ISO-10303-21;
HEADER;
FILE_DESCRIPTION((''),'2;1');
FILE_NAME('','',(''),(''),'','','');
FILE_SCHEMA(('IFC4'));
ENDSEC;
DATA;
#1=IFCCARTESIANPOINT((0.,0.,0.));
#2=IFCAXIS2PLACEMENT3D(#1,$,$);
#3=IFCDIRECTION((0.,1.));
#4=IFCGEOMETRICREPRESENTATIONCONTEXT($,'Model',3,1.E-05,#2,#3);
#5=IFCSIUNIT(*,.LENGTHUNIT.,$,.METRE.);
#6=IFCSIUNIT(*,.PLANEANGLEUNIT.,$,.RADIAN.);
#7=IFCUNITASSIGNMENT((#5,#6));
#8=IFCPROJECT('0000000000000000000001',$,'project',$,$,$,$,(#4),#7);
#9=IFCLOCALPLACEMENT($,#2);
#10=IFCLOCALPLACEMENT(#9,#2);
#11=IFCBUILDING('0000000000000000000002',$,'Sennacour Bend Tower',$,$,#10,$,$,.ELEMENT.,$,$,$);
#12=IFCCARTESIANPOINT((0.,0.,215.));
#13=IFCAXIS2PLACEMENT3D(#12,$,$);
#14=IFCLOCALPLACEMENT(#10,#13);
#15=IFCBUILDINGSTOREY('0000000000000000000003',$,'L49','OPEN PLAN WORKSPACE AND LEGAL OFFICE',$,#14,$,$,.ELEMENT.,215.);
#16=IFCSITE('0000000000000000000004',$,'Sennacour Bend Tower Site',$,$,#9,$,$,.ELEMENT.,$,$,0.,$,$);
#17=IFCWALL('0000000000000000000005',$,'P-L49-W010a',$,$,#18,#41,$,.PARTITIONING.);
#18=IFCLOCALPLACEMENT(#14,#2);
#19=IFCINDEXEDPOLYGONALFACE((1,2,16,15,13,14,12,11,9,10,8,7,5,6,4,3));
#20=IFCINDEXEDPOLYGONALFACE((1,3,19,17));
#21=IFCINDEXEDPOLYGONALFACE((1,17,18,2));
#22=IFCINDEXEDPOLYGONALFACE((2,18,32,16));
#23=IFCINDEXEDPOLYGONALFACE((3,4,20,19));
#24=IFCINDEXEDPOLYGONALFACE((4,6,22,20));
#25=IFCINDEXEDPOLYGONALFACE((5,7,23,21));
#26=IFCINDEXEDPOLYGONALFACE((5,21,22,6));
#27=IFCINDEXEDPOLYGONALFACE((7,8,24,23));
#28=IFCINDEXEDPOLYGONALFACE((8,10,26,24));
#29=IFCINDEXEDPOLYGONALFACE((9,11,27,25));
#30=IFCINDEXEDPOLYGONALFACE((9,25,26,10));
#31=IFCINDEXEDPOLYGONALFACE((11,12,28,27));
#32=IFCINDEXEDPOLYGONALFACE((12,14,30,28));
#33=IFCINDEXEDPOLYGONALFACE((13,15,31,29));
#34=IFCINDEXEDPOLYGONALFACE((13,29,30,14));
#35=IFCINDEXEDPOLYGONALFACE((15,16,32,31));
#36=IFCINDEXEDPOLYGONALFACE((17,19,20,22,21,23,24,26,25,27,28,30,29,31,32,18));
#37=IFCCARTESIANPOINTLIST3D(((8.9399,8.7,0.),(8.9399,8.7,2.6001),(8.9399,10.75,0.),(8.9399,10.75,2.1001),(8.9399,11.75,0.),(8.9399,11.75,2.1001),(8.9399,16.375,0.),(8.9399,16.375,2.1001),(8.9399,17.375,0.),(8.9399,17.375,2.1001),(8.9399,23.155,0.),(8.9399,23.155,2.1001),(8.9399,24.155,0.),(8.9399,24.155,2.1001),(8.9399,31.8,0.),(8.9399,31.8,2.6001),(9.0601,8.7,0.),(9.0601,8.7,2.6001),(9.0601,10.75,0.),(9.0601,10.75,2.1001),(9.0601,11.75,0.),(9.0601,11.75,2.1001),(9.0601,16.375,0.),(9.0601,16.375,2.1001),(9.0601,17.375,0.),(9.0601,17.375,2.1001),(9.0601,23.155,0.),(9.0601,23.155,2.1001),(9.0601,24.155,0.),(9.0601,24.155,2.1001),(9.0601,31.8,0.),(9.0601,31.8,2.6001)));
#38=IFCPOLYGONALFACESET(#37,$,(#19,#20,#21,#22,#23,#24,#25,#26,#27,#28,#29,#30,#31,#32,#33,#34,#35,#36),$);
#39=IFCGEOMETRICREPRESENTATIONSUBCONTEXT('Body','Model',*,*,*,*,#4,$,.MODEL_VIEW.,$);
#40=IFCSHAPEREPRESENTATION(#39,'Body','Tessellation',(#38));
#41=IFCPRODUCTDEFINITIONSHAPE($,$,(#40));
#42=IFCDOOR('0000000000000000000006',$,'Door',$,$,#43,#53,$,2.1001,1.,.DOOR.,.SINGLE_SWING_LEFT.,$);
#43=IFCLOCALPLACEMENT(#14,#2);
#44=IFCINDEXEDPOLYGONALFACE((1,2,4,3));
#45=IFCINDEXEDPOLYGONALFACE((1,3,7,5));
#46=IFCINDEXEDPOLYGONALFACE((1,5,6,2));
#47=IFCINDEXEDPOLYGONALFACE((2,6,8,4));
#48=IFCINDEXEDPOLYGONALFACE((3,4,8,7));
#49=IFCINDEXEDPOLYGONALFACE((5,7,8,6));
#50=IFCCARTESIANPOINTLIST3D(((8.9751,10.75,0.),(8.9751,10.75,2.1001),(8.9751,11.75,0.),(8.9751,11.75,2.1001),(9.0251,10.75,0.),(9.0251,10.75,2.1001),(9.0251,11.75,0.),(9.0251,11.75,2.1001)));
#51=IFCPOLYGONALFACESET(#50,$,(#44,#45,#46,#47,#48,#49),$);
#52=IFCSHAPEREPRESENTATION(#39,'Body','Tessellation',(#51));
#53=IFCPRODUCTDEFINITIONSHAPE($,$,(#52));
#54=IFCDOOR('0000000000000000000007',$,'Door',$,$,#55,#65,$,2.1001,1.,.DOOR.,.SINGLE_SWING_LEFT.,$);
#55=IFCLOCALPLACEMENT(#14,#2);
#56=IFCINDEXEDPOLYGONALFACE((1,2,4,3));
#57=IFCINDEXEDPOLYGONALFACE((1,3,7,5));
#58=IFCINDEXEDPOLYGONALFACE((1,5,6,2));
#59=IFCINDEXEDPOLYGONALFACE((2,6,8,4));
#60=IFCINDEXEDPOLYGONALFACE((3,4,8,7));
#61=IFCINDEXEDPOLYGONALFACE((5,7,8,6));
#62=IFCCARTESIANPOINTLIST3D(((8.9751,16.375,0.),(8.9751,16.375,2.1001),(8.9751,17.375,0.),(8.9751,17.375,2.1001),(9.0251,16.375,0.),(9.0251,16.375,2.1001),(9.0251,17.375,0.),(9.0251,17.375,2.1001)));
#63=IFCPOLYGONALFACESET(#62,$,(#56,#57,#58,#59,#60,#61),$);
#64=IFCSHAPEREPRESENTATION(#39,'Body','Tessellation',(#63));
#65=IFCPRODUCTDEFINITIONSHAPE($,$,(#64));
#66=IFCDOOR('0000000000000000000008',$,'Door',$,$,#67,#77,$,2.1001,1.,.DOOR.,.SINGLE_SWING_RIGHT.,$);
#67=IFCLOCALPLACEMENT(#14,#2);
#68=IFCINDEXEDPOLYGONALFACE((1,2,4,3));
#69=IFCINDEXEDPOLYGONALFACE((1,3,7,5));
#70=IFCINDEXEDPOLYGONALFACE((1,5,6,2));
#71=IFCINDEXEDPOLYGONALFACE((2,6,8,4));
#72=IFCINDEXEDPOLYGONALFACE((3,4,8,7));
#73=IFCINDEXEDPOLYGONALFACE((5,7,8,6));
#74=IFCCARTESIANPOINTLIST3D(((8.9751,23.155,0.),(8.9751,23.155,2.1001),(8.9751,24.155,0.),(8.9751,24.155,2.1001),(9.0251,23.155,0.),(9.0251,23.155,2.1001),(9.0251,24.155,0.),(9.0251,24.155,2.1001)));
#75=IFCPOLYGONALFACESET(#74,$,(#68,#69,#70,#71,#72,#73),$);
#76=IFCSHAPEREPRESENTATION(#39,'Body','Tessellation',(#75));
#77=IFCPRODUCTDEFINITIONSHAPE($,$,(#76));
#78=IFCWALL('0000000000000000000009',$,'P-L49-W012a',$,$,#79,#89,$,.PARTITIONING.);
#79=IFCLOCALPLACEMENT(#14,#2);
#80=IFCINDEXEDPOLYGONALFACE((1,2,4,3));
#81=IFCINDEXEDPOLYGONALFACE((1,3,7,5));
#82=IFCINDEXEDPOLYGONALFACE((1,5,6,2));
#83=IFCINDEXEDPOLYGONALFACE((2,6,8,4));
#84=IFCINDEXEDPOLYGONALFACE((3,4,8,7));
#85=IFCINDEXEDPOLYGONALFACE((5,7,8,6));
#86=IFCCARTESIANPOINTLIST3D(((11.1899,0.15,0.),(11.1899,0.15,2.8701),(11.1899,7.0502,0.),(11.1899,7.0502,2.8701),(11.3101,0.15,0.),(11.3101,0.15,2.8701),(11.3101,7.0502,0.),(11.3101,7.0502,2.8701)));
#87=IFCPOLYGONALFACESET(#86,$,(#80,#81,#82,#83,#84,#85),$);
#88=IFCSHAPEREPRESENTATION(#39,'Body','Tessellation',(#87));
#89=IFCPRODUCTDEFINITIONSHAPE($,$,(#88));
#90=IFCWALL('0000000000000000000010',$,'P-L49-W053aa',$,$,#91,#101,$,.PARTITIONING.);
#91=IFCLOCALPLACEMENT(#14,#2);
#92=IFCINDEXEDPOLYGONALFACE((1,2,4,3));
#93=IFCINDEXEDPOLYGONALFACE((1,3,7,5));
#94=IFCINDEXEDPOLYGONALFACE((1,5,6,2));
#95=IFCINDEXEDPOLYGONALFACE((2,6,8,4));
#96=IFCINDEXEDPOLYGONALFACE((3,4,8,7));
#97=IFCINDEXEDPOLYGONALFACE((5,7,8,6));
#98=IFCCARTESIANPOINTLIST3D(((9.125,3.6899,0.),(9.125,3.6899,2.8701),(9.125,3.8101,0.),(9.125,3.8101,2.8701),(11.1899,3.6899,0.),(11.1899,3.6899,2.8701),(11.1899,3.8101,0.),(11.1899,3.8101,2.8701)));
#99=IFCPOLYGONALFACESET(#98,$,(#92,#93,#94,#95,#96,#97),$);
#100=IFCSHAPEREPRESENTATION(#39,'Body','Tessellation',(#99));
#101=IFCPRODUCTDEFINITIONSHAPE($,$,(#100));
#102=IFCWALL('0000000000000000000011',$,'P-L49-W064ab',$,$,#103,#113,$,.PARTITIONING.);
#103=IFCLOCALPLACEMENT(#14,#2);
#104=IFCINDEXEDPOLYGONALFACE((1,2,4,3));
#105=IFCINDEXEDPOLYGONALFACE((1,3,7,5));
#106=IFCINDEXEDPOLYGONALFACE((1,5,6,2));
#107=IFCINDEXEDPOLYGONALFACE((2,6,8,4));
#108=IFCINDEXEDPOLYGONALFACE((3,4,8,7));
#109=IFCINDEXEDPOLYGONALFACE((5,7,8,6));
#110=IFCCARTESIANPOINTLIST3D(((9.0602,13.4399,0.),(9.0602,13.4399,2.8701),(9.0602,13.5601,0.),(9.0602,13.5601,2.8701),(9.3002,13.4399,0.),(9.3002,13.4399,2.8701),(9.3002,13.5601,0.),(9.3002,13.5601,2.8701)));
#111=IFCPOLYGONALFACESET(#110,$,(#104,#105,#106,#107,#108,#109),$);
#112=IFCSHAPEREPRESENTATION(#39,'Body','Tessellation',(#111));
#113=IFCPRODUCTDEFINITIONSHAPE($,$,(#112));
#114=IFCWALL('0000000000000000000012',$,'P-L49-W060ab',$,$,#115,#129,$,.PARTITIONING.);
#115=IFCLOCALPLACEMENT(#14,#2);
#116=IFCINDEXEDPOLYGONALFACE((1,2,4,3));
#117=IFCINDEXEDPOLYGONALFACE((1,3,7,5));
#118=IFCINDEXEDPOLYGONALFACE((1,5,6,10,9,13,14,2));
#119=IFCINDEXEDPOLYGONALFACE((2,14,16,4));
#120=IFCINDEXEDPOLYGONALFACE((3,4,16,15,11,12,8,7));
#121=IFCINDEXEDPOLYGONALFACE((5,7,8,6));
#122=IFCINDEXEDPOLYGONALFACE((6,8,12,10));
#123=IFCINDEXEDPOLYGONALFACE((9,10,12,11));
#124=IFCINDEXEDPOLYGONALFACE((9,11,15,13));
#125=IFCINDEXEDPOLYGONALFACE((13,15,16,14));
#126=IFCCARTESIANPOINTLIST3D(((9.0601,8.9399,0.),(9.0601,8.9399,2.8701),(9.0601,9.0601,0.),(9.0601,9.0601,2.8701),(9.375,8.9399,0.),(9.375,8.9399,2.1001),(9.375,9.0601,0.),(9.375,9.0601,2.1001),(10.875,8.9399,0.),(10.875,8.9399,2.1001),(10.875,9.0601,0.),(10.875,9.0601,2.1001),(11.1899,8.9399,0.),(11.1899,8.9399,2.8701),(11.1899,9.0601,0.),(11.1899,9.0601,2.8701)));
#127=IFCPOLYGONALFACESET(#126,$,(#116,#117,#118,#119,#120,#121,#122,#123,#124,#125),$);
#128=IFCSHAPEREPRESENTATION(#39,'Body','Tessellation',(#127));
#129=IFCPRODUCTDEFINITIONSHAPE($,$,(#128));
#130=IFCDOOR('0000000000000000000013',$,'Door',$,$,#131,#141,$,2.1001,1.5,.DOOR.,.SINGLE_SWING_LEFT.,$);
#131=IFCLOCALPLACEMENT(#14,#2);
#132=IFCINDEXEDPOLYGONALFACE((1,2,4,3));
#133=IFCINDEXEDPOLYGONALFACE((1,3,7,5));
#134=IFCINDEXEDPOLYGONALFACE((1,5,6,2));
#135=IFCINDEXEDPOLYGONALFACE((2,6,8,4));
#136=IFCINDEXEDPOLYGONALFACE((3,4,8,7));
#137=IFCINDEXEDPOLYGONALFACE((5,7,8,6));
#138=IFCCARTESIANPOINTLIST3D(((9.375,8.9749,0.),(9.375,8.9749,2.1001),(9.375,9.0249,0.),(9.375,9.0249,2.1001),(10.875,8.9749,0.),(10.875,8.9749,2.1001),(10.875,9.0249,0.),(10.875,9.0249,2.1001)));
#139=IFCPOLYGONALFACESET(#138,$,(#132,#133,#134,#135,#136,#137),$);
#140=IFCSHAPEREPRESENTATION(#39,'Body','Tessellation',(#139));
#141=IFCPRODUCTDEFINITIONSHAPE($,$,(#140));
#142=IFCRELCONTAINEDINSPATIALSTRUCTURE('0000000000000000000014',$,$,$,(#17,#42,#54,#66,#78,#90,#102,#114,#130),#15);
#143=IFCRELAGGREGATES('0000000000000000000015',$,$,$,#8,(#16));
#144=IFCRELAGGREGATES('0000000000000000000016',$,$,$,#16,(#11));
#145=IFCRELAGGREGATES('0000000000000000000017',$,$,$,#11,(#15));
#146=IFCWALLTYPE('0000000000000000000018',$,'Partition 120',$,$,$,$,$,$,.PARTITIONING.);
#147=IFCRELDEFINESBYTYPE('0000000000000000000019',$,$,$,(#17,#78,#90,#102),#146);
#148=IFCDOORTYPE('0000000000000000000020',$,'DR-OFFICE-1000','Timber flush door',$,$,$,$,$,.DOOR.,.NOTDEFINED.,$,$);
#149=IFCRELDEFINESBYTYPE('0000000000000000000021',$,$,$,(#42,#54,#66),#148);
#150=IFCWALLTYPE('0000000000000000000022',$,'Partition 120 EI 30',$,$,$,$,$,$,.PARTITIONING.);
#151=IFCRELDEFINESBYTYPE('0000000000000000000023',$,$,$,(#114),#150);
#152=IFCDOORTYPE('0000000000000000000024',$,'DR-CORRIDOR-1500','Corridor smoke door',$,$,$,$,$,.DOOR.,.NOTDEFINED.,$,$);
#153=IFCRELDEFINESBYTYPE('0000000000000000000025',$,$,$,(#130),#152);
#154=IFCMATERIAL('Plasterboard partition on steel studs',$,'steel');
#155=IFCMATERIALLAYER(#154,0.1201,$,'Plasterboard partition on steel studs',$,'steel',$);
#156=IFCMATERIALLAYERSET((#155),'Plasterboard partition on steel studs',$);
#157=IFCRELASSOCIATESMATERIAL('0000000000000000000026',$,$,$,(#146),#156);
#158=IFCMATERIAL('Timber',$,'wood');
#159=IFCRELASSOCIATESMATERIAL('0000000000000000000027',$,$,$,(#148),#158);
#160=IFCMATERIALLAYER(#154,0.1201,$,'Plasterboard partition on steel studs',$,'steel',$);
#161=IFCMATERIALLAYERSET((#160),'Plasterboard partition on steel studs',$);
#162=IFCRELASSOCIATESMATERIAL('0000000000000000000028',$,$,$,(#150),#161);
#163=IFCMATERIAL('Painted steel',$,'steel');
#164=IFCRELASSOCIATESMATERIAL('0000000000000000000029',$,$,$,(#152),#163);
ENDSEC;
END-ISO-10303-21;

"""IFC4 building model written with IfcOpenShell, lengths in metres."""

from ifc_helpers import new_model, si_unit, direction, frame, frame_2d, origin, place, context, subcontext, project, spatial, rectangle, extrude, material, layer, layer_set, type_object, element, fill, save


model = new_model("IFC4")

# Units and contexts
model_context = context("Model", 3, precision=1e-05, world=origin(), true_north=direction((0.0, 1.0)))
body_context = subcontext(model_context, "Body", "Model", "MODEL_VIEW")
ifc_project = project(units=[si_unit("LENGTHUNIT", "METRE"), si_unit("PLANEANGLEUNIT", "RADIAN")], contexts=[model_context])

# Site, building, storey
site_placement = place(None, origin())
site = spatial("IfcSite", under=ifc_project, at=site_placement, Name="Sennacour Bend Tower Site", CompositionType="ELEMENT", RefElevation=0.0)
building_placement = place(site_placement, origin())
building = spatial("IfcBuilding", under=site, at=building_placement, Name="Sennacour Bend Tower", CompositionType="ELEMENT")
storey_placement = place(building_placement, frame((0.0, 0.0, 215.0)))
storey = spatial("IfcBuildingStorey", under=building, at=storey_placement, Name="L49", Description="OPEN PLAN WORKSPACE AND LEGAL OFFICE", CompositionType="ELEMENT", Elevation=215.0)

# Wall, openings, doors
ifc_material_1 = material(Name="Plasterboard partition on steel studs", Category="steel")
ifc_layer_1 = layer(ifc_material_1, 0.1201, Name="Plasterboard partition on steel studs", Category="steel")
ifc_layer_set_1 = layer_set([ifc_layer_1], Name="Plasterboard partition on steel studs")
wall_type_1 = type_object("IfcWallType", Name="Partition 120", PredefinedType="PARTITIONING", material=ifc_layer_set_1)
wall_1_placement = place(storey_placement, frame((9.0, 8.7, 0.0), z_axis=(0.0, 0.0, 1.0), x_axis=(0.0, 1.0, 0.0)))
wall_1 = element("IfcWall", 1, at=wall_1_placement, inside=storey, type_object=wall_type_1, Name="P-L49-W010a", PredefinedType="PARTITIONING", context=body_context, shape_type="SweptSolid", body=[
    extrude(rectangle(XDim=23.1001, YDim=0.1201, at=frame_2d((11.55, 0.0))), origin(), (0.0, 0.0, 1.0), 2.6001),
])
opening_1_placement = place(wall_1_placement, frame((2.05, 0.0, 0.0)))
opening_1 = element("IfcOpeningElement", 2, at=opening_1_placement, cuts=wall_1, PredefinedType="OPENING", context=body_context, shape_type="SweptSolid", body=[
    extrude(rectangle(XDim=1.0, YDim=2.1001, at=frame_2d((0.5, 1.05))), frame((0.0, 0.0701, 0.0), z_axis=(0.0, -1.0, 0.0), x_axis=(1.0, 0.0, 0.0)), (0.0, 0.0, 1.0), 0.1401),
])
opening_2_placement = place(wall_1_placement, frame((7.675, 0.0, 0.0)))
opening_2 = element("IfcOpeningElement", 3, at=opening_2_placement, cuts=wall_1, PredefinedType="OPENING", context=body_context, shape_type="SweptSolid", body=[
    extrude(rectangle(XDim=1.0, YDim=2.1001, at=frame_2d((0.5, 1.05))), frame((0.0, 0.0701, 0.0), z_axis=(0.0, -1.0, 0.0), x_axis=(1.0, 0.0, 0.0)), (0.0, 0.0, 1.0), 0.1401),
])
opening_3_placement = place(wall_1_placement, frame((14.4551, 0.0, 0.0)))
opening_3 = element("IfcOpeningElement", 4, at=opening_3_placement, cuts=wall_1, PredefinedType="OPENING", context=body_context, shape_type="SweptSolid", body=[
    extrude(rectangle(XDim=1.0, YDim=2.1001, at=frame_2d((0.5, 1.05))), frame((0.0, 0.0701, 0.0), z_axis=(0.0, -1.0, 0.0), x_axis=(1.0, 0.0, 0.0)), (0.0, 0.0, 1.0), 0.1401),
])
ifc_material_2 = material(Name="Timber", Category="wood")
door_type_1 = type_object("IfcDoorType", Name="DR-OFFICE-1000", Description="Timber flush door", OperationType="NOTDEFINED", PredefinedType="DOOR", material=ifc_material_2)
door_1_placement = place(opening_1_placement, origin())
door_1 = element("IfcDoor", 5, at=door_1_placement, inside=storey, type_object=door_type_1, Name="Door", OperationType="SINGLE_SWING_LEFT", OverallHeight=2.1001, OverallWidth=1.0, PredefinedType="DOOR", context=body_context, shape_type="SweptSolid", body=[
    extrude(rectangle(XDim=1.0, YDim=2.1001, at=frame_2d((0.5, 1.05))), frame((0.0, 0.0249, 0.0), z_axis=(0.0, -1.0, 0.0), x_axis=(1.0, 0.0, 0.0)), (0.0, 0.0, 1.0), 0.05),
])
fill(opening_1, door_1)
door_2_placement = place(opening_2_placement, origin())
door_2 = element("IfcDoor", 6, at=door_2_placement, inside=storey, type_object=door_type_1, Name="Door", OperationType="SINGLE_SWING_LEFT", OverallHeight=2.1001, OverallWidth=1.0, PredefinedType="DOOR", context=body_context, shape_type="SweptSolid", body=[
    extrude(rectangle(XDim=1.0, YDim=2.1001, at=frame_2d((0.5, 1.05))), frame((0.0, 0.0249, 0.0), z_axis=(0.0, -1.0, 0.0), x_axis=(1.0, 0.0, 0.0)), (0.0, 0.0, 1.0), 0.05),
])
fill(opening_2, door_2)
door_3_placement = place(opening_3_placement, origin())
door_3 = element("IfcDoor", 7, at=door_3_placement, inside=storey, type_object=door_type_1, Name="Door", OperationType="SINGLE_SWING_RIGHT", OverallHeight=2.1001, OverallWidth=1.0, PredefinedType="DOOR", context=body_context, shape_type="SweptSolid", body=[
    extrude(rectangle(XDim=1.0, YDim=2.1001, at=frame_2d((0.5, 1.05))), frame((0.0, 0.0249, 0.0), z_axis=(0.0, -1.0, 0.0), x_axis=(1.0, 0.0, 0.0)), (0.0, 0.0, 1.0), 0.05),
])
fill(opening_3, door_3)

# Walls
wall_2_placement = place(storey_placement, frame((11.25, 0.1499, 0.0), z_axis=(0.0, 0.0, 1.0), x_axis=(0.0, 1.0, 0.0)))
element("IfcWall", 8, at=wall_2_placement, inside=storey, type_object=wall_type_1, Name="P-L49-W012a", PredefinedType="PARTITIONING", context=body_context, shape_type="SweptSolid", body=[
    extrude(rectangle(XDim=6.9001, YDim=0.1201, at=frame_2d((3.4502, 0.0))), origin(), (0.0, 0.0, 1.0), 2.8701),
])
wall_3_placement = place(storey_placement, frame((9.125, 3.75, 0.0), z_axis=(0.0, 0.0, 1.0), x_axis=(1.0, 0.0, 0.0)))
element("IfcWall", 9, at=wall_3_placement, inside=storey, type_object=wall_type_1, Name="P-L49-W053aa", PredefinedType="PARTITIONING", context=body_context, shape_type="SweptSolid", body=[
    extrude(rectangle(XDim=2.0649, YDim=0.1201, at=frame_2d((1.0325, 0.0))), origin(), (0.0, 0.0, 1.0), 2.8701),
])
wall_4_placement = place(storey_placement, frame((9.0601, 13.5, 0.0), z_axis=(0.0, 0.0, 1.0), x_axis=(1.0, 0.0, 0.0)))
element("IfcWall", 10, at=wall_4_placement, inside=storey, type_object=wall_type_1, Name="P-L49-W064ab", PredefinedType="PARTITIONING", context=body_context, shape_type="SweptSolid", body=[
    extrude(rectangle(XDim=0.24, YDim=0.1201, at=frame_2d((0.1201, 0.0))), origin(), (0.0, 0.0, 1.0), 2.8701),
])

# Wall, opening, door
ifc_layer_2 = layer(ifc_material_1, 0.1201, Name="Plasterboard partition on steel studs", Category="steel")
ifc_layer_set_2 = layer_set([ifc_layer_2], Name="Plasterboard partition on steel studs")
wall_type_2 = type_object("IfcWallType", Name="Partition 120 EI 30", PredefinedType="PARTITIONING", material=ifc_layer_set_2)
wall_5_placement = place(storey_placement, frame((9.0601, 9.0, 0.0), z_axis=(0.0, 0.0, 1.0), x_axis=(1.0, 0.0, 0.0)))
wall_5 = element("IfcWall", 11, at=wall_5_placement, inside=storey, type_object=wall_type_2, Name="P-L49-W060ab", PredefinedType="PARTITIONING", context=body_context, shape_type="SweptSolid", body=[
    extrude(rectangle(XDim=2.1299, YDim=0.1201, at=frame_2d((1.0649, 0.0))), origin(), (0.0, 0.0, 1.0), 2.8701),
])
opening_4_placement = place(wall_5_placement, frame((0.3149, 0.0, 0.0)))
opening_4 = element("IfcOpeningElement", 12, at=opening_4_placement, cuts=wall_5, PredefinedType="OPENING", context=body_context, shape_type="SweptSolid", body=[
    extrude(rectangle(XDim=1.5, YDim=2.1001, at=frame_2d((0.75, 1.05))), frame((0.0, 0.0701, 0.0), z_axis=(0.0, -1.0, 0.0), x_axis=(1.0, 0.0, 0.0)), (0.0, 0.0, 1.0), 0.1401),
])
ifc_material_3 = material(Name="Painted steel", Category="steel")
door_type_2 = type_object("IfcDoorType", Name="DR-CORRIDOR-1500", Description="Corridor smoke door", OperationType="NOTDEFINED", PredefinedType="DOOR", material=ifc_material_3)
door_4_placement = place(opening_4_placement, origin())
door_4 = element("IfcDoor", 13, at=door_4_placement, inside=storey, type_object=door_type_2, Name="Door", OperationType="SINGLE_SWING_LEFT", OverallHeight=2.1001, OverallWidth=1.5, PredefinedType="DOOR", context=body_context, shape_type="SweptSolid", body=[
    extrude(rectangle(XDim=1.5, YDim=2.1001, at=frame_2d((0.75, 1.05))), frame((0.0, 0.0249, 0.0), z_axis=(0.0, -1.0, 0.0), x_axis=(1.0, 0.0, 0.0)), (0.0, 0.0, 1.0), 0.05),
])
fill(opening_4, door_4)

save(model, "model.ifc")
